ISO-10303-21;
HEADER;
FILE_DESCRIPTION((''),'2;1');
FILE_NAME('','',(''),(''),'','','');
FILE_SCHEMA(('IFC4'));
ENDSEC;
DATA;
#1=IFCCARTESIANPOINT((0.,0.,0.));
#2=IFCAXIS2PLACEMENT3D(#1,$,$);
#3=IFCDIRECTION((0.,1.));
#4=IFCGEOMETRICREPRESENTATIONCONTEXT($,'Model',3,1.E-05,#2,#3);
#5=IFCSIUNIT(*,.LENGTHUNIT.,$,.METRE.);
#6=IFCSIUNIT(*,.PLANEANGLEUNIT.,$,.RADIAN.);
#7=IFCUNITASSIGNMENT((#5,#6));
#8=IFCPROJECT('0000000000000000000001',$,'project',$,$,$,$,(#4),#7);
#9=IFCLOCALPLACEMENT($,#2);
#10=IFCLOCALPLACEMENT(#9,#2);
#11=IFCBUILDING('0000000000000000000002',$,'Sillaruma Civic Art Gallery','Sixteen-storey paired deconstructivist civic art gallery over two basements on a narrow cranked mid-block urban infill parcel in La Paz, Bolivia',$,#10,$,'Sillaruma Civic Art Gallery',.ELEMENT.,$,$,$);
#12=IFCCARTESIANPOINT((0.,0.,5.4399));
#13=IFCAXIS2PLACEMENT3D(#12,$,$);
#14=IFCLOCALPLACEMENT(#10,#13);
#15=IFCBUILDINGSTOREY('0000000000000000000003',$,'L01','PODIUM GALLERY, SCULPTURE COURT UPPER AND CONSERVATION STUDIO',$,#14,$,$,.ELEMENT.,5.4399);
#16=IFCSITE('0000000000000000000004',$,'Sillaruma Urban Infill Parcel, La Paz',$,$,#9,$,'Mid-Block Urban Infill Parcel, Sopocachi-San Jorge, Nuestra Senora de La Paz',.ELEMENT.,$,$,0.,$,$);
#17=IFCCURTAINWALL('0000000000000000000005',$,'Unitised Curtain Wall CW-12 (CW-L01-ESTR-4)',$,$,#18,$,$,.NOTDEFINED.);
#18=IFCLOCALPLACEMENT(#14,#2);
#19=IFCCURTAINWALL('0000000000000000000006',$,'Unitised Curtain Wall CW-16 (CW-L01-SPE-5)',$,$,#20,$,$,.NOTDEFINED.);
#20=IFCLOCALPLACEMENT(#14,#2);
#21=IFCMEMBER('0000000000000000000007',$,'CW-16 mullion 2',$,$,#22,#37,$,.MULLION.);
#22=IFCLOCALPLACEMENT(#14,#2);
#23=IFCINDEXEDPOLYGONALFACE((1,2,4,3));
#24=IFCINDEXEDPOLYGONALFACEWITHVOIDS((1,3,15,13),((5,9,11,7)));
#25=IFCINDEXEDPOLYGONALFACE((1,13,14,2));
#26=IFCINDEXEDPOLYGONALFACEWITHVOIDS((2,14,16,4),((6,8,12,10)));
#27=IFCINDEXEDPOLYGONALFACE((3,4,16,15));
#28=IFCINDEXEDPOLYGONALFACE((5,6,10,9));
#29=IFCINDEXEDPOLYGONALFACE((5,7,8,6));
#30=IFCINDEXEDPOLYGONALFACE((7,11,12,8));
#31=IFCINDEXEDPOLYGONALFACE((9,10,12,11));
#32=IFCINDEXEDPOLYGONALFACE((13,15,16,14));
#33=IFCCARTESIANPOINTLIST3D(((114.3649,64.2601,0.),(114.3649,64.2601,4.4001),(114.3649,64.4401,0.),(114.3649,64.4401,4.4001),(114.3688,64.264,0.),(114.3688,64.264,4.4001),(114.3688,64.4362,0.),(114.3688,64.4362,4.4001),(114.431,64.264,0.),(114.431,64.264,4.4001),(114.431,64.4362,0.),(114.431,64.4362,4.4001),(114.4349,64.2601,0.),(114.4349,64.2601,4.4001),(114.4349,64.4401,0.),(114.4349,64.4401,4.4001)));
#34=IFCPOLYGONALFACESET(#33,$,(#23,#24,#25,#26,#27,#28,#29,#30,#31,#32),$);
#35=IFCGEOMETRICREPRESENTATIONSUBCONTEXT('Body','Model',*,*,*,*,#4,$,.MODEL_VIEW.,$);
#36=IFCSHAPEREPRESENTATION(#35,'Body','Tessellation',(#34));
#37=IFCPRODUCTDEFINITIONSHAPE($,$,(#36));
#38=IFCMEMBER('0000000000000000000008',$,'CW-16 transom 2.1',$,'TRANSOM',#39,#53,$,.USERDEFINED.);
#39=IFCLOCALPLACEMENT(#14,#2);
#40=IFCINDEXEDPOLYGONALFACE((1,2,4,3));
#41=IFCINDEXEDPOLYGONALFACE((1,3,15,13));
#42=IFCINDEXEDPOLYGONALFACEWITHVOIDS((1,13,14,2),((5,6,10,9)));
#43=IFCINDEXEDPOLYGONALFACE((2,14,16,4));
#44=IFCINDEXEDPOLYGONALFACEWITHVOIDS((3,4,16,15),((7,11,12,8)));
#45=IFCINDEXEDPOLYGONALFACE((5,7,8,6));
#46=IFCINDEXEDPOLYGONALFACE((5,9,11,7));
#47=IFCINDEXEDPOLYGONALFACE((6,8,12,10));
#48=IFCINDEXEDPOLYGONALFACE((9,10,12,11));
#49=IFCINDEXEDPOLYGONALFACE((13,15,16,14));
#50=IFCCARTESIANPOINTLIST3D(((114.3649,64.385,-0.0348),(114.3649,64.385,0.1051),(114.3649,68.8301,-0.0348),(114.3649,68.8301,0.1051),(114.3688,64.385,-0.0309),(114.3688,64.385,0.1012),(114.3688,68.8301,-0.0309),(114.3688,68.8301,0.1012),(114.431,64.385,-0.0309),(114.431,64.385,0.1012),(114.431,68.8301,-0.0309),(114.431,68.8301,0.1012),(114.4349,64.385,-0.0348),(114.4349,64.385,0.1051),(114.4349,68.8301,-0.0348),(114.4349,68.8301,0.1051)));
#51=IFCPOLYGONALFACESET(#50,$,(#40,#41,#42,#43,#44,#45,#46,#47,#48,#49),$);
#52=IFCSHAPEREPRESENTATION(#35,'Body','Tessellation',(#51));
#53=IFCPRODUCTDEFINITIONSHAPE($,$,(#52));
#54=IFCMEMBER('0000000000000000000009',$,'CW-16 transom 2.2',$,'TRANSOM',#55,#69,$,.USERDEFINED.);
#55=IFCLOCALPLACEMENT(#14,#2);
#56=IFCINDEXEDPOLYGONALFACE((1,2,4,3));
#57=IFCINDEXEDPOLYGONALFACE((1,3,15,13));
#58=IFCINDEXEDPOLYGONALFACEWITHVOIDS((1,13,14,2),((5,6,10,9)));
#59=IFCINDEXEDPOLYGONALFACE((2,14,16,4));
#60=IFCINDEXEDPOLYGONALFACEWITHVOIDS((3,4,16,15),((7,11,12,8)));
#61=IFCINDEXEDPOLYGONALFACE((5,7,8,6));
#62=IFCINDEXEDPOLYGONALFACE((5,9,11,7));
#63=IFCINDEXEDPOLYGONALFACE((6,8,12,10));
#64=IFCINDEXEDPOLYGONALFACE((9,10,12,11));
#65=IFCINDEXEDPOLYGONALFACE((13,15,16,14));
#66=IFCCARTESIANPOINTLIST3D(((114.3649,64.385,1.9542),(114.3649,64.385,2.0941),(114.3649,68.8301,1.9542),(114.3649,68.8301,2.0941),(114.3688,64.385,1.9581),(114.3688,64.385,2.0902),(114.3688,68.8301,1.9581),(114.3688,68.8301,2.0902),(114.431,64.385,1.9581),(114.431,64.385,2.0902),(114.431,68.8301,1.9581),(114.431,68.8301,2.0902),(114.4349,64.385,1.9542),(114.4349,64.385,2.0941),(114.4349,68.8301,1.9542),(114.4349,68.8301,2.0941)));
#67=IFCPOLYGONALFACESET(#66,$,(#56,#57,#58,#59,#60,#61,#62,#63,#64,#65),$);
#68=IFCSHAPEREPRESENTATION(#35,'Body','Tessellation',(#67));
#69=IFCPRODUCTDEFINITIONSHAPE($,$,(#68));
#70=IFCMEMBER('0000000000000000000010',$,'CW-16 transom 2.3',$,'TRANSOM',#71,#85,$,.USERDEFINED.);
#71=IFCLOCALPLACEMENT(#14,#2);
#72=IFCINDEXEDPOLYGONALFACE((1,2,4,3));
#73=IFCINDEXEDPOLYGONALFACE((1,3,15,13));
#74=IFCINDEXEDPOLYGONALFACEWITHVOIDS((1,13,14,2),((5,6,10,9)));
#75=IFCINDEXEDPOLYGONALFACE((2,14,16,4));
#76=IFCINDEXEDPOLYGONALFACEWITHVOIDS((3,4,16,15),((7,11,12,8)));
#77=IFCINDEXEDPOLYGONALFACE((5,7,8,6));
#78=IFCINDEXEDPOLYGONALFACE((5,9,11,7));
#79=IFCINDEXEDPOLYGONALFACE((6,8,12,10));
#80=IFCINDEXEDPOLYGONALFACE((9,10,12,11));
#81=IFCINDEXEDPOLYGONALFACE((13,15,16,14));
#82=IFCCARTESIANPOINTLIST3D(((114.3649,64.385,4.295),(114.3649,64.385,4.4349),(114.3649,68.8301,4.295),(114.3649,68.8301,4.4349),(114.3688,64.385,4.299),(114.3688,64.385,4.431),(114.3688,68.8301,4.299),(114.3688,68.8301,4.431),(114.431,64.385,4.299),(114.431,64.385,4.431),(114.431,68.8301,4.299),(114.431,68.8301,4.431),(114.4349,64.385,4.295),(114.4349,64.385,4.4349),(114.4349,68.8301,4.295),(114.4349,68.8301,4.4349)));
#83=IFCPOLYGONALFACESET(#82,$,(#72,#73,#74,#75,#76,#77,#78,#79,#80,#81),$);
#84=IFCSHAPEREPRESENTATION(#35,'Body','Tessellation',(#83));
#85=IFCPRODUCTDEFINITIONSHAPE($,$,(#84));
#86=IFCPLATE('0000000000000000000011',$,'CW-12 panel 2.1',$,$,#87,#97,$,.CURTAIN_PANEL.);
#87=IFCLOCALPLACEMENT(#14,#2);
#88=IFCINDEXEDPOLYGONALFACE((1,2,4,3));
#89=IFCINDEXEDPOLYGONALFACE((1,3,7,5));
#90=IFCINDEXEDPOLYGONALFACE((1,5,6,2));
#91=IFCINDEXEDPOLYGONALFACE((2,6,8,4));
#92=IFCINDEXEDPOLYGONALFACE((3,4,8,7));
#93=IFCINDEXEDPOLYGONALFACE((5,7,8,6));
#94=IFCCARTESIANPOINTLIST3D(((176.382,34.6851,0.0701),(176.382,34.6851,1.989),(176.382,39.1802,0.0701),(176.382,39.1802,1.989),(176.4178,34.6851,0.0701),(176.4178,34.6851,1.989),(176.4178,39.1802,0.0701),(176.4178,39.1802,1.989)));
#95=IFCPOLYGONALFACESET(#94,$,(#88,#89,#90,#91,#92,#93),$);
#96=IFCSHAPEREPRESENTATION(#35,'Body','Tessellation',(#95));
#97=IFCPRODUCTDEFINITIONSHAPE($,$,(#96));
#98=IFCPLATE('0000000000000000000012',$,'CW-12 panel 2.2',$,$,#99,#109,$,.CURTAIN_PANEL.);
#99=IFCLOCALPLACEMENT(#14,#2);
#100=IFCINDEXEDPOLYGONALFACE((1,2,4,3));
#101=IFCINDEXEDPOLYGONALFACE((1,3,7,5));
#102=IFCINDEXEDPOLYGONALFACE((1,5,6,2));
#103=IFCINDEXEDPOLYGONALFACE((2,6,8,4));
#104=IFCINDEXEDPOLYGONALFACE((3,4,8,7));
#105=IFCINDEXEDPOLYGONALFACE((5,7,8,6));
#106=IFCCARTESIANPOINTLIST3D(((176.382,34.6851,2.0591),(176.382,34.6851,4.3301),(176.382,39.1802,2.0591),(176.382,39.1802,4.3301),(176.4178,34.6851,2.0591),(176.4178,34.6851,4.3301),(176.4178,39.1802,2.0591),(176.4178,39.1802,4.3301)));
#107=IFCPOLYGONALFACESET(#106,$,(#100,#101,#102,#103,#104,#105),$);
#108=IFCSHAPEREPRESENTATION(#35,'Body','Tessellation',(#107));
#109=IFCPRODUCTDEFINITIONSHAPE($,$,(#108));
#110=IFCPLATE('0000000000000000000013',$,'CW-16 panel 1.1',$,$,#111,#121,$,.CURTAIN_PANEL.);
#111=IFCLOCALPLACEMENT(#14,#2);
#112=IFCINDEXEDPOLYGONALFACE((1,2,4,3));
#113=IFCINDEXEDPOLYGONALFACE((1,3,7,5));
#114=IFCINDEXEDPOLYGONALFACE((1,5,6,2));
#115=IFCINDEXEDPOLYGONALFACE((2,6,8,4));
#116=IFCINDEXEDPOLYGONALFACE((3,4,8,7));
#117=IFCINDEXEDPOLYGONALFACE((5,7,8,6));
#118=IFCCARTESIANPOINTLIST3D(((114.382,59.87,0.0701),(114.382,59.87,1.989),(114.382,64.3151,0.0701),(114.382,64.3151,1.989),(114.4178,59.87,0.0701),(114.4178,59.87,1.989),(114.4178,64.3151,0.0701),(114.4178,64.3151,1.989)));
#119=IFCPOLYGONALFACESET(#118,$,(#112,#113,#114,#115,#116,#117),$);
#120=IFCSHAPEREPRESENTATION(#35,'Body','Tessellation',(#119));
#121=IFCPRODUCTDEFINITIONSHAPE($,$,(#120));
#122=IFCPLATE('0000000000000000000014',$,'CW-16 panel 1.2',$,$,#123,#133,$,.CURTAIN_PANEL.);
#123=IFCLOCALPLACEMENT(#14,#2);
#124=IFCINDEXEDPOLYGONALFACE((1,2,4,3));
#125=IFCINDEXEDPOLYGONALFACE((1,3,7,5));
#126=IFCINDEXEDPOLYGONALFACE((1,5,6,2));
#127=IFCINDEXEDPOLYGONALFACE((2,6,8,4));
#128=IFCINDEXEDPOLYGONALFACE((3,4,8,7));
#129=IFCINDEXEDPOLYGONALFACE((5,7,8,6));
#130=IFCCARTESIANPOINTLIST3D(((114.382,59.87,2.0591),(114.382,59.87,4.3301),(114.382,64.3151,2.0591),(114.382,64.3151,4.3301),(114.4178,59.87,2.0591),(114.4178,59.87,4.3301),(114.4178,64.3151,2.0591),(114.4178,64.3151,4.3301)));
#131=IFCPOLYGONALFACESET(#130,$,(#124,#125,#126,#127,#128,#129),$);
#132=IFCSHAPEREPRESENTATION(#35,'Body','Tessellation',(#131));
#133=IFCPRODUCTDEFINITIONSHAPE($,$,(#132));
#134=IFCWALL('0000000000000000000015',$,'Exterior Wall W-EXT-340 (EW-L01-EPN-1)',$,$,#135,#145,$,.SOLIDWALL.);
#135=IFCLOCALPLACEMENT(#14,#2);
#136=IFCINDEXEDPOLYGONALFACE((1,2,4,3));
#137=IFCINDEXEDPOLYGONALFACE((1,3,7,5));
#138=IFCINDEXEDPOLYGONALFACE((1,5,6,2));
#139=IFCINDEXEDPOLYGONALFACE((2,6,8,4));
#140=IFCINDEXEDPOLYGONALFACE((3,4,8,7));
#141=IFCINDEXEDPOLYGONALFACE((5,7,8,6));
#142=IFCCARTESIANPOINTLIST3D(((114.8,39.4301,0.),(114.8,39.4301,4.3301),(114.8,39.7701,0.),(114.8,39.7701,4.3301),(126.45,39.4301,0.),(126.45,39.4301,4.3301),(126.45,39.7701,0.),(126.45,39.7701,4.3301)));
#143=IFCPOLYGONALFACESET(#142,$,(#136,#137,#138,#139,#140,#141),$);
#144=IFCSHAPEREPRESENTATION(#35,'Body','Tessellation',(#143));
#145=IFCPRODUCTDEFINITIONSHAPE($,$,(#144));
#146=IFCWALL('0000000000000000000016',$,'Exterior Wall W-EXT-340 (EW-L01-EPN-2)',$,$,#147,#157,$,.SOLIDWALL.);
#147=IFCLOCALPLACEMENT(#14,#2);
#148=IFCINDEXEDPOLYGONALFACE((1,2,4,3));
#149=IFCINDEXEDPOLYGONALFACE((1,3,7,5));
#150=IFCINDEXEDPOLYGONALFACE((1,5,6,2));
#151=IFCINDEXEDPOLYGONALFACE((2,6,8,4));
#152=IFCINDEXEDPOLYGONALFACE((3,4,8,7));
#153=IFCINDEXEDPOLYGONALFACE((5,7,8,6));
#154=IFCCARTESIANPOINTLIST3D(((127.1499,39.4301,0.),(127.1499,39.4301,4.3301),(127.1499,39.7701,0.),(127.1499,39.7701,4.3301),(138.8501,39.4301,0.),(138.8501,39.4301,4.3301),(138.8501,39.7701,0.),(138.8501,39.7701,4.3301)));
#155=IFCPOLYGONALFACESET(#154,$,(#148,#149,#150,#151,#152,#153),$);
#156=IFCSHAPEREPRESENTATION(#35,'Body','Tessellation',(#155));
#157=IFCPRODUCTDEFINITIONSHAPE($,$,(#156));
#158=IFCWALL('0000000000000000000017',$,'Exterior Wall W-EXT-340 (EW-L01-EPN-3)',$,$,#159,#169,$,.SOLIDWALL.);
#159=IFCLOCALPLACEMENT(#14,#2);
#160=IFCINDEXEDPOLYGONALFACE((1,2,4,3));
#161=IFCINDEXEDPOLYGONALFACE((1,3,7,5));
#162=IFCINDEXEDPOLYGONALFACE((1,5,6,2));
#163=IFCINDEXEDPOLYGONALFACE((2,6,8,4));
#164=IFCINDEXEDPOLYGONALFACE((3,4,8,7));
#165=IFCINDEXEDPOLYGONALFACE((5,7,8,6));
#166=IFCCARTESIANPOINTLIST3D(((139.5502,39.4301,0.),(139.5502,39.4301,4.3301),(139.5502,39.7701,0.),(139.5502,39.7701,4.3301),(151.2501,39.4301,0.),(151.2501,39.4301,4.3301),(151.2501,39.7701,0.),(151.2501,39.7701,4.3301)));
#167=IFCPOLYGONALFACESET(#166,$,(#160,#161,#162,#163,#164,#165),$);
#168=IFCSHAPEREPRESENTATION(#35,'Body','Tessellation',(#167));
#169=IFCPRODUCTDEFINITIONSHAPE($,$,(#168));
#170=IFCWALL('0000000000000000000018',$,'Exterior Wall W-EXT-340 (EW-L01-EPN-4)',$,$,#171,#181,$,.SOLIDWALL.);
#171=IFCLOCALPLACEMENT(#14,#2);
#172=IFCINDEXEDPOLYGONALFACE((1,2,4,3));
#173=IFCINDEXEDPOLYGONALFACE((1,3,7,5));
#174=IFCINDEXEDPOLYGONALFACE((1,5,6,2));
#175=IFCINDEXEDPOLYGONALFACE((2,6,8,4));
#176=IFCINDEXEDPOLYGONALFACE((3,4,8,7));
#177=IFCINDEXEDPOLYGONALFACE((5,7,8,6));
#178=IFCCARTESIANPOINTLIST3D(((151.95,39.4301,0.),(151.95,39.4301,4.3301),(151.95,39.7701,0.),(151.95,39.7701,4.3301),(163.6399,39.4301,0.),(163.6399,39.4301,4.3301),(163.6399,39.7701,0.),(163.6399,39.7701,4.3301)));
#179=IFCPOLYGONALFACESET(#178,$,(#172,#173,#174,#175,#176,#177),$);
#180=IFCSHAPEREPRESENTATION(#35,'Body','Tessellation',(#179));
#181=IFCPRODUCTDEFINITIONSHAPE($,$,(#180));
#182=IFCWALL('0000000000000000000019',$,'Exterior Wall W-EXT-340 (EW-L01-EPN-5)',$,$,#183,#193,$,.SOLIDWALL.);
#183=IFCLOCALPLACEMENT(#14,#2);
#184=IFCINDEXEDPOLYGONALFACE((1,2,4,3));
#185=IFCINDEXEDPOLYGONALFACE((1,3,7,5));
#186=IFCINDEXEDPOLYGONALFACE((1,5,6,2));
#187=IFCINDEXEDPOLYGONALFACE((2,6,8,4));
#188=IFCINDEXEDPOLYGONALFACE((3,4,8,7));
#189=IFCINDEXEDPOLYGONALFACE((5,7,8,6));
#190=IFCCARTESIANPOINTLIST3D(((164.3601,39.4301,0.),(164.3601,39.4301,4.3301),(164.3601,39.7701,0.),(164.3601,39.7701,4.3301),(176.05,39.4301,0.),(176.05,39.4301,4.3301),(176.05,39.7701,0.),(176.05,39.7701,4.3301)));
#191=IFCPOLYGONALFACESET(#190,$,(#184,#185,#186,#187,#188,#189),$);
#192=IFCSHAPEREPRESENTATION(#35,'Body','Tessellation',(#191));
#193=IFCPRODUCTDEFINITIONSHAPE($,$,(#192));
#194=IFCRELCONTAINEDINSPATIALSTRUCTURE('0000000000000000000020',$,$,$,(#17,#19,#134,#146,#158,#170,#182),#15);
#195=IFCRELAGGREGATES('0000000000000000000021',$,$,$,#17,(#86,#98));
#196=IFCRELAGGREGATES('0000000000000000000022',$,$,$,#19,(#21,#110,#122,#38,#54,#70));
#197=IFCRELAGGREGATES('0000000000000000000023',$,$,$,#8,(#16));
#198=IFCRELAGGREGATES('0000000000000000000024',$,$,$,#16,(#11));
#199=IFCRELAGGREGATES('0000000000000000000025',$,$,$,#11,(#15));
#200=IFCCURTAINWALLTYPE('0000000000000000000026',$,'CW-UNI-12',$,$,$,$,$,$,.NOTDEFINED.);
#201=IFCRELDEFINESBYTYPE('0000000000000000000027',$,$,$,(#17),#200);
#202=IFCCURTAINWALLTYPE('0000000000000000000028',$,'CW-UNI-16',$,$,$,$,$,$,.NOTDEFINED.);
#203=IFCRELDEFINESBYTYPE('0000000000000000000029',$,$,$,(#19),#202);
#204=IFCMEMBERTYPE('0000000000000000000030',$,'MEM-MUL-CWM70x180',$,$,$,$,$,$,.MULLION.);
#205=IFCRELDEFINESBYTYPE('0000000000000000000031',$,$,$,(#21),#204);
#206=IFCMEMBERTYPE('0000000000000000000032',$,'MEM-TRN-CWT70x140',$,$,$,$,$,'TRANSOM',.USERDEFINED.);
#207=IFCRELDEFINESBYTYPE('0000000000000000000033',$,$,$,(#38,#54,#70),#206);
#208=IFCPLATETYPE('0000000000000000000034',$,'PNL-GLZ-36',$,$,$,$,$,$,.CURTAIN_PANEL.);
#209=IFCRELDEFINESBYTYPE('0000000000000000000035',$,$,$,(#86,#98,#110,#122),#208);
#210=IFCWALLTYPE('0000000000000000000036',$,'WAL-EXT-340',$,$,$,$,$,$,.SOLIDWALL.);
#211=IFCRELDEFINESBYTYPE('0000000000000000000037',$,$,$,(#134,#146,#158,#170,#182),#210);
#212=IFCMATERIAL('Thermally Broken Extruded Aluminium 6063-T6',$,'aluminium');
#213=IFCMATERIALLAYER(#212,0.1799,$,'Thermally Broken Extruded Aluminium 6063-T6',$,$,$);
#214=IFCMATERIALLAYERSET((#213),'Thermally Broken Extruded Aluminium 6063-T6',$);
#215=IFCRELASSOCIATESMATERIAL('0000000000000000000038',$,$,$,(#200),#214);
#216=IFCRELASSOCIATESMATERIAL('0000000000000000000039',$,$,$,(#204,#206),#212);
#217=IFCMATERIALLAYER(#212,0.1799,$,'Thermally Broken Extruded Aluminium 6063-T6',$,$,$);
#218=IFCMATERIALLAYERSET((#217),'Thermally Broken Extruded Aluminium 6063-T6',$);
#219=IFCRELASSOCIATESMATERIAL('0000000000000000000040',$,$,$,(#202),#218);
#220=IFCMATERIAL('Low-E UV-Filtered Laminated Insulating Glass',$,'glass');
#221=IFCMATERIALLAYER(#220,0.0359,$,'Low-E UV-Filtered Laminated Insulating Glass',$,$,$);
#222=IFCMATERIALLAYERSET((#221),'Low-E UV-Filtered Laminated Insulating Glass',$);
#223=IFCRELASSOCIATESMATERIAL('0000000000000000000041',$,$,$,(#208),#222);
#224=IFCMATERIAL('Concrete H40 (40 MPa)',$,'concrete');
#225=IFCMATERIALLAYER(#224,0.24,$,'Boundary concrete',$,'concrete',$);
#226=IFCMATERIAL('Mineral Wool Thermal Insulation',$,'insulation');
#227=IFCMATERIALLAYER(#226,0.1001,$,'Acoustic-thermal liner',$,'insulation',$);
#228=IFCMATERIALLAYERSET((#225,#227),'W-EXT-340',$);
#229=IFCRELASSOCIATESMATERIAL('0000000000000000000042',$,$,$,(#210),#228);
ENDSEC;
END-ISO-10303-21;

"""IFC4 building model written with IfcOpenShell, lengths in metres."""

from ifc_helpers import new_model, si_unit, direction, frame, frame_2d, origin, origin_2d, place, context, subcontext, project, spatial, rectangle, hollow_rectangle, extrude, material, layer, layer_set, material_profile, profile_set, type_object, element, aggregate, save


model = new_model("IFC4")

# Units and contexts
model_context = context("Model", 3, precision=1e-05, world=origin(), true_north=direction((0.0, 1.0)))
body_context = subcontext(model_context, "Body", "Model", "MODEL_VIEW")
ifc_project = project(units=[si_unit("LENGTHUNIT", "METRE"), si_unit("PLANEANGLEUNIT", "RADIAN")], contexts=[model_context])

# Site, building, storey
site_placement = place(None, origin())
site = spatial("IfcSite", under=ifc_project, at=site_placement, Name="Sillaruma Urban Infill Parcel, La Paz", LongName="Mid-Block Urban Infill Parcel, Sopocachi-San Jorge, Nuestra Senora de La Paz", CompositionType="ELEMENT", RefElevation=0.0)
building_placement = place(site_placement, origin())
building = spatial("IfcBuilding", under=site, at=building_placement, Name="Sillaruma Civic Art Gallery", Description="Sixteen-storey paired deconstructivist civic art gallery over two basements on a narrow cranked mid-block urban infill parcel in La Paz, Bolivia", LongName="Sillaruma Civic Art Gallery", CompositionType="ELEMENT")
storey_placement = place(building_placement, frame((0.0, 0.0, 5.4399)))
storey = spatial("IfcBuildingStorey", under=building, at=storey_placement, Name="L01", Description="PODIUM GALLERY, SCULPTURE COURT UPPER AND CONSERVATION STUDIO", CompositionType="ELEMENT", Elevation=5.4399)

# Shared definitions
ifc_material_1 = material(Name="Concrete H40 (40 MPa)", Category="concrete")

# Curtain wall
ifc_material_2 = material(Name="Thermally Broken Extruded Aluminium 6063-T6", Category="aluminium")
ifc_layer_1 = layer(ifc_material_2, 0.1799, Name="Thermally Broken Extruded Aluminium 6063-T6")
ifc_layer_set_1 = layer_set([ifc_layer_1], Name="Thermally Broken Extruded Aluminium 6063-T6")
curtain_wall_type_1 = type_object("IfcCurtainWallType", Name="CW-UNI-12", PredefinedType="NOTDEFINED", material=ifc_layer_set_1)
curtain_wall_1_placement = place(storey_placement, origin())
curtain_wall_1 = element("IfcCurtainWall", 1, at=curtain_wall_1_placement, inside=storey, type_object=curtain_wall_type_1, Name="Unitised Curtain Wall CW-12 (CW-L01-ESTR-4)", PredefinedType="NOTDEFINED")
ifc_material_profile_1 = material_profile(ifc_material_2, hollow_rectangle(XDim=0.0701, YDim=0.1799, WallThickness=0.0039, at=origin_2d()), Name="CWM70x180")
ifc_profile_set_1 = profile_set([ifc_material_profile_1], Name="Thermally Broken Extruded Aluminium 6063-T6")
member_type_1 = type_object("IfcMemberType", Name="MEM-MUL-CWM70x180", PredefinedType="MULLION", material=ifc_profile_set_1)

# Curtain wall, members
ifc_layer_2 = layer(ifc_material_2, 0.1799, Name="Thermally Broken Extruded Aluminium 6063-T6")
ifc_layer_set_2 = layer_set([ifc_layer_2], Name="Thermally Broken Extruded Aluminium 6063-T6")
curtain_wall_type_2 = type_object("IfcCurtainWallType", Name="CW-UNI-16", PredefinedType="NOTDEFINED", material=ifc_layer_set_2)
curtain_wall_2_placement = place(storey_placement, origin())
curtain_wall_2 = element("IfcCurtainWall", 2, at=curtain_wall_2_placement, inside=storey, type_object=curtain_wall_type_2, Name="Unitised Curtain Wall CW-16 (CW-L01-SPE-5)", PredefinedType="NOTDEFINED")
member_1_placement = place(storey_placement, frame((114.3999, 64.3501, 0.0), z_axis=(0.0, 0.0, 1.0), x_axis=(-1.0, 0.0, 0.0)))
member_1 = element("IfcMember", 3, at=member_1_placement, type_object=member_type_1, Name="CW-16 mullion 2", PredefinedType="MULLION", context=body_context, shape_type="SweptSolid", body=[
    extrude(hollow_rectangle(XDim=0.0701, YDim=0.1799, WallThickness=0.0039, at=origin_2d()), origin(), (0.0, 0.0, 1.0), 4.4001),
])
ifc_material_profile_2 = material_profile(ifc_material_2, hollow_rectangle(XDim=0.0701, YDim=0.1399, WallThickness=0.0039, at=origin_2d()), Name="CWT70x140")
ifc_profile_set_2 = profile_set([ifc_material_profile_2], Name="Thermally Broken Extruded Aluminium 6063-T6")
member_type_2 = type_object("IfcMemberType", Name="MEM-TRN-CWT70x140", ElementType="TRANSOM", PredefinedType="USERDEFINED", material=ifc_profile_set_2)
member_2_placement = place(storey_placement, frame((114.3999, 64.385, 0.0352), z_axis=(0.0, 1.0, 0.0), x_axis=(-1.0, 0.0, 0.0)))
member_2 = element("IfcMember", 4, at=member_2_placement, type_object=member_type_2, Name="CW-16 transom 2.1", ObjectType="TRANSOM", PredefinedType="USERDEFINED", context=body_context, shape_type="SweptSolid", body=[
    extrude(hollow_rectangle(XDim=0.0701, YDim=0.1399, WallThickness=0.0039, at=origin_2d()), origin(), (0.0, 0.0, 1.0), 4.4451),
])
member_3_placement = place(storey_placement, frame((114.3999, 64.385, 2.0242), z_axis=(0.0, 1.0, 0.0), x_axis=(-1.0, 0.0, 0.0)))
member_3 = element("IfcMember", 5, at=member_3_placement, type_object=member_type_2, Name="CW-16 transom 2.2", ObjectType="TRANSOM", PredefinedType="USERDEFINED", context=body_context, shape_type="SweptSolid", body=[
    extrude(hollow_rectangle(XDim=0.0701, YDim=0.1399, WallThickness=0.0039, at=origin_2d()), origin(), (0.0, 0.0, 1.0), 4.4451),
])
member_4_placement = place(storey_placement, frame((114.3999, 64.385, 4.365), z_axis=(0.0, 1.0, 0.0), x_axis=(-1.0, 0.0, 0.0)))
member_4 = element("IfcMember", 6, at=member_4_placement, type_object=member_type_2, Name="CW-16 transom 2.3", ObjectType="TRANSOM", PredefinedType="USERDEFINED", context=body_context, shape_type="SweptSolid", body=[
    extrude(hollow_rectangle(XDim=0.0701, YDim=0.1399, WallThickness=0.0039, at=origin_2d()), origin(), (0.0, 0.0, 1.0), 4.4451),
])

# Plates
ifc_material_3 = material(Name="Low-E UV-Filtered Laminated Insulating Glass", Category="glass")
ifc_layer_3 = layer(ifc_material_3, 0.0359, Name="Low-E UV-Filtered Laminated Insulating Glass")
ifc_layer_set_3 = layer_set([ifc_layer_3], Name="Low-E UV-Filtered Laminated Insulating Glass")
plate_type = type_object("IfcPlateType", Name="PNL-GLZ-36", PredefinedType="CURTAIN_PANEL", material=ifc_layer_set_3)
plate_1_placement = place(storey_placement, frame((176.3999, 36.9326, 0.0701), z_axis=(0.0, 0.0, 1.0), x_axis=(0.0, 1.0, 0.0)))
plate_1 = element("IfcPlate", 7, at=plate_1_placement, type_object=plate_type, Name="CW-12 panel 2.1", PredefinedType="CURTAIN_PANEL", context=body_context, shape_type="SweptSolid", body=[
    extrude(rectangle(XDim=4.4951, YDim=0.0359, at=origin_2d()), origin(), (0.0, 0.0, 1.0), 1.9189),
])
plate_2_placement = place(storey_placement, frame((176.3999, 36.9326, 2.0591), z_axis=(0.0, 0.0, 1.0), x_axis=(0.0, 1.0, 0.0)))
plate_2 = element("IfcPlate", 8, at=plate_2_placement, type_object=plate_type, Name="CW-12 panel 2.2", PredefinedType="CURTAIN_PANEL", context=body_context, shape_type="SweptSolid", body=[
    extrude(rectangle(XDim=4.4951, YDim=0.0359, at=origin_2d()), origin(), (0.0, 0.0, 1.0), 2.271),
])
aggregate(curtain_wall_1, [plate_1, plate_2])
plate_3_placement = place(storey_placement, frame((114.3999, 62.0925, 0.0701), z_axis=(0.0, 0.0, 1.0), x_axis=(0.0, 1.0, 0.0)))
plate_3 = element("IfcPlate", 9, at=plate_3_placement, type_object=plate_type, Name="CW-16 panel 1.1", PredefinedType="CURTAIN_PANEL", context=body_context, shape_type="SweptSolid", body=[
    extrude(rectangle(XDim=4.4451, YDim=0.0359, at=origin_2d()), origin(), (0.0, 0.0, 1.0), 1.9189),
])
plate_4_placement = place(storey_placement, frame((114.3999, 62.0925, 2.0591), z_axis=(0.0, 0.0, 1.0), x_axis=(0.0, 1.0, 0.0)))
plate_4 = element("IfcPlate", 10, at=plate_4_placement, type_object=plate_type, Name="CW-16 panel 1.2", PredefinedType="CURTAIN_PANEL", context=body_context, shape_type="SweptSolid", body=[
    extrude(rectangle(XDim=4.4451, YDim=0.0359, at=origin_2d()), origin(), (0.0, 0.0, 1.0), 2.271),
])
aggregate(curtain_wall_2, [member_1, plate_3, plate_4, member_2, member_3, member_4])

# Walls
ifc_layer_4 = layer(ifc_material_1, 0.24, Name="Boundary concrete", Category="concrete")
ifc_material_4 = material(Name="Mineral Wool Thermal Insulation", Category="insulation")
ifc_layer_5 = layer(ifc_material_4, 0.1001, Name="Acoustic-thermal liner", Category="insulation")
ifc_layer_set_4 = layer_set([ifc_layer_4, ifc_layer_5], Name="W-EXT-340")
wall_type = type_object("IfcWallType", Name="WAL-EXT-340", PredefinedType="SOLIDWALL", material=ifc_layer_set_4)
wall_1_placement = place(storey_placement, frame((114.8, 39.6001, 0.0), z_axis=(0.0, 0.0, 1.0), x_axis=(1.0, 0.0, 0.0)))
element("IfcWall", 11, at=wall_1_placement, inside=storey, type_object=wall_type, Name="Exterior Wall W-EXT-340 (EW-L01-EPN-1)", PredefinedType="SOLIDWALL", context=body_context, shape_type="SweptSolid", body=[
    extrude(rectangle(XDim=11.6499, YDim=0.3401, at=frame_2d((5.825, 0.0))), origin(), (0.0, 0.0, 1.0), 4.3301),
])
wall_2_placement = place(storey_placement, frame((127.1499, 39.6001, 0.0), z_axis=(0.0, 0.0, 1.0), x_axis=(1.0, 0.0, 0.0)))
element("IfcWall", 12, at=wall_2_placement, inside=storey, type_object=wall_type, Name="Exterior Wall W-EXT-340 (EW-L01-EPN-2)", PredefinedType="SOLIDWALL", context=body_context, shape_type="SweptSolid", body=[
    extrude(rectangle(XDim=11.7002, YDim=0.3401, at=frame_2d((5.8501, 0.0))), origin(), (0.0, 0.0, 1.0), 4.3301),
])
wall_3_placement = place(storey_placement, frame((139.55, 39.6001, 0.0), z_axis=(0.0, 0.0, 1.0), x_axis=(1.0, 0.0, 0.0)))
element("IfcWall", 13, at=wall_3_placement, inside=storey, type_object=wall_type, Name="Exterior Wall W-EXT-340 (EW-L01-EPN-3)", PredefinedType="SOLIDWALL", context=body_context, shape_type="SweptSolid", body=[
    extrude(rectangle(XDim=11.7, YDim=0.3401, at=frame_2d((5.8501, 0.0))), origin(), (0.0, 0.0, 1.0), 4.3301),
])
for number, where, z_axis, x_axis, name in (
    (14, (151.95, 39.6001, 0.0), (0.0, 0.0, 1.0), (1.0, 0.0, 0.0), "Exterior Wall W-EXT-340 (EW-L01-EPN-4)"),
    (15, (164.3601, 39.6001, 0.0), (0.0, 0.0, 1.0), (1.0, 0.0, 0.0), "Exterior Wall W-EXT-340 (EW-L01-EPN-5)"),
):
    element("IfcWall", number, at=place(storey_placement, frame(where, z_axis=z_axis, x_axis=x_axis)), inside=storey, type_object=wall_type, Name=name, PredefinedType="SOLIDWALL", context=body_context, shape_type="SweptSolid", body=[
        extrude(rectangle(XDim=11.6899, YDim=0.3401, at=frame_2d((5.845, 0.0))), origin(), (0.0, 0.0, 1.0), 4.3301),
    ])

save(model, "model.ifc")
